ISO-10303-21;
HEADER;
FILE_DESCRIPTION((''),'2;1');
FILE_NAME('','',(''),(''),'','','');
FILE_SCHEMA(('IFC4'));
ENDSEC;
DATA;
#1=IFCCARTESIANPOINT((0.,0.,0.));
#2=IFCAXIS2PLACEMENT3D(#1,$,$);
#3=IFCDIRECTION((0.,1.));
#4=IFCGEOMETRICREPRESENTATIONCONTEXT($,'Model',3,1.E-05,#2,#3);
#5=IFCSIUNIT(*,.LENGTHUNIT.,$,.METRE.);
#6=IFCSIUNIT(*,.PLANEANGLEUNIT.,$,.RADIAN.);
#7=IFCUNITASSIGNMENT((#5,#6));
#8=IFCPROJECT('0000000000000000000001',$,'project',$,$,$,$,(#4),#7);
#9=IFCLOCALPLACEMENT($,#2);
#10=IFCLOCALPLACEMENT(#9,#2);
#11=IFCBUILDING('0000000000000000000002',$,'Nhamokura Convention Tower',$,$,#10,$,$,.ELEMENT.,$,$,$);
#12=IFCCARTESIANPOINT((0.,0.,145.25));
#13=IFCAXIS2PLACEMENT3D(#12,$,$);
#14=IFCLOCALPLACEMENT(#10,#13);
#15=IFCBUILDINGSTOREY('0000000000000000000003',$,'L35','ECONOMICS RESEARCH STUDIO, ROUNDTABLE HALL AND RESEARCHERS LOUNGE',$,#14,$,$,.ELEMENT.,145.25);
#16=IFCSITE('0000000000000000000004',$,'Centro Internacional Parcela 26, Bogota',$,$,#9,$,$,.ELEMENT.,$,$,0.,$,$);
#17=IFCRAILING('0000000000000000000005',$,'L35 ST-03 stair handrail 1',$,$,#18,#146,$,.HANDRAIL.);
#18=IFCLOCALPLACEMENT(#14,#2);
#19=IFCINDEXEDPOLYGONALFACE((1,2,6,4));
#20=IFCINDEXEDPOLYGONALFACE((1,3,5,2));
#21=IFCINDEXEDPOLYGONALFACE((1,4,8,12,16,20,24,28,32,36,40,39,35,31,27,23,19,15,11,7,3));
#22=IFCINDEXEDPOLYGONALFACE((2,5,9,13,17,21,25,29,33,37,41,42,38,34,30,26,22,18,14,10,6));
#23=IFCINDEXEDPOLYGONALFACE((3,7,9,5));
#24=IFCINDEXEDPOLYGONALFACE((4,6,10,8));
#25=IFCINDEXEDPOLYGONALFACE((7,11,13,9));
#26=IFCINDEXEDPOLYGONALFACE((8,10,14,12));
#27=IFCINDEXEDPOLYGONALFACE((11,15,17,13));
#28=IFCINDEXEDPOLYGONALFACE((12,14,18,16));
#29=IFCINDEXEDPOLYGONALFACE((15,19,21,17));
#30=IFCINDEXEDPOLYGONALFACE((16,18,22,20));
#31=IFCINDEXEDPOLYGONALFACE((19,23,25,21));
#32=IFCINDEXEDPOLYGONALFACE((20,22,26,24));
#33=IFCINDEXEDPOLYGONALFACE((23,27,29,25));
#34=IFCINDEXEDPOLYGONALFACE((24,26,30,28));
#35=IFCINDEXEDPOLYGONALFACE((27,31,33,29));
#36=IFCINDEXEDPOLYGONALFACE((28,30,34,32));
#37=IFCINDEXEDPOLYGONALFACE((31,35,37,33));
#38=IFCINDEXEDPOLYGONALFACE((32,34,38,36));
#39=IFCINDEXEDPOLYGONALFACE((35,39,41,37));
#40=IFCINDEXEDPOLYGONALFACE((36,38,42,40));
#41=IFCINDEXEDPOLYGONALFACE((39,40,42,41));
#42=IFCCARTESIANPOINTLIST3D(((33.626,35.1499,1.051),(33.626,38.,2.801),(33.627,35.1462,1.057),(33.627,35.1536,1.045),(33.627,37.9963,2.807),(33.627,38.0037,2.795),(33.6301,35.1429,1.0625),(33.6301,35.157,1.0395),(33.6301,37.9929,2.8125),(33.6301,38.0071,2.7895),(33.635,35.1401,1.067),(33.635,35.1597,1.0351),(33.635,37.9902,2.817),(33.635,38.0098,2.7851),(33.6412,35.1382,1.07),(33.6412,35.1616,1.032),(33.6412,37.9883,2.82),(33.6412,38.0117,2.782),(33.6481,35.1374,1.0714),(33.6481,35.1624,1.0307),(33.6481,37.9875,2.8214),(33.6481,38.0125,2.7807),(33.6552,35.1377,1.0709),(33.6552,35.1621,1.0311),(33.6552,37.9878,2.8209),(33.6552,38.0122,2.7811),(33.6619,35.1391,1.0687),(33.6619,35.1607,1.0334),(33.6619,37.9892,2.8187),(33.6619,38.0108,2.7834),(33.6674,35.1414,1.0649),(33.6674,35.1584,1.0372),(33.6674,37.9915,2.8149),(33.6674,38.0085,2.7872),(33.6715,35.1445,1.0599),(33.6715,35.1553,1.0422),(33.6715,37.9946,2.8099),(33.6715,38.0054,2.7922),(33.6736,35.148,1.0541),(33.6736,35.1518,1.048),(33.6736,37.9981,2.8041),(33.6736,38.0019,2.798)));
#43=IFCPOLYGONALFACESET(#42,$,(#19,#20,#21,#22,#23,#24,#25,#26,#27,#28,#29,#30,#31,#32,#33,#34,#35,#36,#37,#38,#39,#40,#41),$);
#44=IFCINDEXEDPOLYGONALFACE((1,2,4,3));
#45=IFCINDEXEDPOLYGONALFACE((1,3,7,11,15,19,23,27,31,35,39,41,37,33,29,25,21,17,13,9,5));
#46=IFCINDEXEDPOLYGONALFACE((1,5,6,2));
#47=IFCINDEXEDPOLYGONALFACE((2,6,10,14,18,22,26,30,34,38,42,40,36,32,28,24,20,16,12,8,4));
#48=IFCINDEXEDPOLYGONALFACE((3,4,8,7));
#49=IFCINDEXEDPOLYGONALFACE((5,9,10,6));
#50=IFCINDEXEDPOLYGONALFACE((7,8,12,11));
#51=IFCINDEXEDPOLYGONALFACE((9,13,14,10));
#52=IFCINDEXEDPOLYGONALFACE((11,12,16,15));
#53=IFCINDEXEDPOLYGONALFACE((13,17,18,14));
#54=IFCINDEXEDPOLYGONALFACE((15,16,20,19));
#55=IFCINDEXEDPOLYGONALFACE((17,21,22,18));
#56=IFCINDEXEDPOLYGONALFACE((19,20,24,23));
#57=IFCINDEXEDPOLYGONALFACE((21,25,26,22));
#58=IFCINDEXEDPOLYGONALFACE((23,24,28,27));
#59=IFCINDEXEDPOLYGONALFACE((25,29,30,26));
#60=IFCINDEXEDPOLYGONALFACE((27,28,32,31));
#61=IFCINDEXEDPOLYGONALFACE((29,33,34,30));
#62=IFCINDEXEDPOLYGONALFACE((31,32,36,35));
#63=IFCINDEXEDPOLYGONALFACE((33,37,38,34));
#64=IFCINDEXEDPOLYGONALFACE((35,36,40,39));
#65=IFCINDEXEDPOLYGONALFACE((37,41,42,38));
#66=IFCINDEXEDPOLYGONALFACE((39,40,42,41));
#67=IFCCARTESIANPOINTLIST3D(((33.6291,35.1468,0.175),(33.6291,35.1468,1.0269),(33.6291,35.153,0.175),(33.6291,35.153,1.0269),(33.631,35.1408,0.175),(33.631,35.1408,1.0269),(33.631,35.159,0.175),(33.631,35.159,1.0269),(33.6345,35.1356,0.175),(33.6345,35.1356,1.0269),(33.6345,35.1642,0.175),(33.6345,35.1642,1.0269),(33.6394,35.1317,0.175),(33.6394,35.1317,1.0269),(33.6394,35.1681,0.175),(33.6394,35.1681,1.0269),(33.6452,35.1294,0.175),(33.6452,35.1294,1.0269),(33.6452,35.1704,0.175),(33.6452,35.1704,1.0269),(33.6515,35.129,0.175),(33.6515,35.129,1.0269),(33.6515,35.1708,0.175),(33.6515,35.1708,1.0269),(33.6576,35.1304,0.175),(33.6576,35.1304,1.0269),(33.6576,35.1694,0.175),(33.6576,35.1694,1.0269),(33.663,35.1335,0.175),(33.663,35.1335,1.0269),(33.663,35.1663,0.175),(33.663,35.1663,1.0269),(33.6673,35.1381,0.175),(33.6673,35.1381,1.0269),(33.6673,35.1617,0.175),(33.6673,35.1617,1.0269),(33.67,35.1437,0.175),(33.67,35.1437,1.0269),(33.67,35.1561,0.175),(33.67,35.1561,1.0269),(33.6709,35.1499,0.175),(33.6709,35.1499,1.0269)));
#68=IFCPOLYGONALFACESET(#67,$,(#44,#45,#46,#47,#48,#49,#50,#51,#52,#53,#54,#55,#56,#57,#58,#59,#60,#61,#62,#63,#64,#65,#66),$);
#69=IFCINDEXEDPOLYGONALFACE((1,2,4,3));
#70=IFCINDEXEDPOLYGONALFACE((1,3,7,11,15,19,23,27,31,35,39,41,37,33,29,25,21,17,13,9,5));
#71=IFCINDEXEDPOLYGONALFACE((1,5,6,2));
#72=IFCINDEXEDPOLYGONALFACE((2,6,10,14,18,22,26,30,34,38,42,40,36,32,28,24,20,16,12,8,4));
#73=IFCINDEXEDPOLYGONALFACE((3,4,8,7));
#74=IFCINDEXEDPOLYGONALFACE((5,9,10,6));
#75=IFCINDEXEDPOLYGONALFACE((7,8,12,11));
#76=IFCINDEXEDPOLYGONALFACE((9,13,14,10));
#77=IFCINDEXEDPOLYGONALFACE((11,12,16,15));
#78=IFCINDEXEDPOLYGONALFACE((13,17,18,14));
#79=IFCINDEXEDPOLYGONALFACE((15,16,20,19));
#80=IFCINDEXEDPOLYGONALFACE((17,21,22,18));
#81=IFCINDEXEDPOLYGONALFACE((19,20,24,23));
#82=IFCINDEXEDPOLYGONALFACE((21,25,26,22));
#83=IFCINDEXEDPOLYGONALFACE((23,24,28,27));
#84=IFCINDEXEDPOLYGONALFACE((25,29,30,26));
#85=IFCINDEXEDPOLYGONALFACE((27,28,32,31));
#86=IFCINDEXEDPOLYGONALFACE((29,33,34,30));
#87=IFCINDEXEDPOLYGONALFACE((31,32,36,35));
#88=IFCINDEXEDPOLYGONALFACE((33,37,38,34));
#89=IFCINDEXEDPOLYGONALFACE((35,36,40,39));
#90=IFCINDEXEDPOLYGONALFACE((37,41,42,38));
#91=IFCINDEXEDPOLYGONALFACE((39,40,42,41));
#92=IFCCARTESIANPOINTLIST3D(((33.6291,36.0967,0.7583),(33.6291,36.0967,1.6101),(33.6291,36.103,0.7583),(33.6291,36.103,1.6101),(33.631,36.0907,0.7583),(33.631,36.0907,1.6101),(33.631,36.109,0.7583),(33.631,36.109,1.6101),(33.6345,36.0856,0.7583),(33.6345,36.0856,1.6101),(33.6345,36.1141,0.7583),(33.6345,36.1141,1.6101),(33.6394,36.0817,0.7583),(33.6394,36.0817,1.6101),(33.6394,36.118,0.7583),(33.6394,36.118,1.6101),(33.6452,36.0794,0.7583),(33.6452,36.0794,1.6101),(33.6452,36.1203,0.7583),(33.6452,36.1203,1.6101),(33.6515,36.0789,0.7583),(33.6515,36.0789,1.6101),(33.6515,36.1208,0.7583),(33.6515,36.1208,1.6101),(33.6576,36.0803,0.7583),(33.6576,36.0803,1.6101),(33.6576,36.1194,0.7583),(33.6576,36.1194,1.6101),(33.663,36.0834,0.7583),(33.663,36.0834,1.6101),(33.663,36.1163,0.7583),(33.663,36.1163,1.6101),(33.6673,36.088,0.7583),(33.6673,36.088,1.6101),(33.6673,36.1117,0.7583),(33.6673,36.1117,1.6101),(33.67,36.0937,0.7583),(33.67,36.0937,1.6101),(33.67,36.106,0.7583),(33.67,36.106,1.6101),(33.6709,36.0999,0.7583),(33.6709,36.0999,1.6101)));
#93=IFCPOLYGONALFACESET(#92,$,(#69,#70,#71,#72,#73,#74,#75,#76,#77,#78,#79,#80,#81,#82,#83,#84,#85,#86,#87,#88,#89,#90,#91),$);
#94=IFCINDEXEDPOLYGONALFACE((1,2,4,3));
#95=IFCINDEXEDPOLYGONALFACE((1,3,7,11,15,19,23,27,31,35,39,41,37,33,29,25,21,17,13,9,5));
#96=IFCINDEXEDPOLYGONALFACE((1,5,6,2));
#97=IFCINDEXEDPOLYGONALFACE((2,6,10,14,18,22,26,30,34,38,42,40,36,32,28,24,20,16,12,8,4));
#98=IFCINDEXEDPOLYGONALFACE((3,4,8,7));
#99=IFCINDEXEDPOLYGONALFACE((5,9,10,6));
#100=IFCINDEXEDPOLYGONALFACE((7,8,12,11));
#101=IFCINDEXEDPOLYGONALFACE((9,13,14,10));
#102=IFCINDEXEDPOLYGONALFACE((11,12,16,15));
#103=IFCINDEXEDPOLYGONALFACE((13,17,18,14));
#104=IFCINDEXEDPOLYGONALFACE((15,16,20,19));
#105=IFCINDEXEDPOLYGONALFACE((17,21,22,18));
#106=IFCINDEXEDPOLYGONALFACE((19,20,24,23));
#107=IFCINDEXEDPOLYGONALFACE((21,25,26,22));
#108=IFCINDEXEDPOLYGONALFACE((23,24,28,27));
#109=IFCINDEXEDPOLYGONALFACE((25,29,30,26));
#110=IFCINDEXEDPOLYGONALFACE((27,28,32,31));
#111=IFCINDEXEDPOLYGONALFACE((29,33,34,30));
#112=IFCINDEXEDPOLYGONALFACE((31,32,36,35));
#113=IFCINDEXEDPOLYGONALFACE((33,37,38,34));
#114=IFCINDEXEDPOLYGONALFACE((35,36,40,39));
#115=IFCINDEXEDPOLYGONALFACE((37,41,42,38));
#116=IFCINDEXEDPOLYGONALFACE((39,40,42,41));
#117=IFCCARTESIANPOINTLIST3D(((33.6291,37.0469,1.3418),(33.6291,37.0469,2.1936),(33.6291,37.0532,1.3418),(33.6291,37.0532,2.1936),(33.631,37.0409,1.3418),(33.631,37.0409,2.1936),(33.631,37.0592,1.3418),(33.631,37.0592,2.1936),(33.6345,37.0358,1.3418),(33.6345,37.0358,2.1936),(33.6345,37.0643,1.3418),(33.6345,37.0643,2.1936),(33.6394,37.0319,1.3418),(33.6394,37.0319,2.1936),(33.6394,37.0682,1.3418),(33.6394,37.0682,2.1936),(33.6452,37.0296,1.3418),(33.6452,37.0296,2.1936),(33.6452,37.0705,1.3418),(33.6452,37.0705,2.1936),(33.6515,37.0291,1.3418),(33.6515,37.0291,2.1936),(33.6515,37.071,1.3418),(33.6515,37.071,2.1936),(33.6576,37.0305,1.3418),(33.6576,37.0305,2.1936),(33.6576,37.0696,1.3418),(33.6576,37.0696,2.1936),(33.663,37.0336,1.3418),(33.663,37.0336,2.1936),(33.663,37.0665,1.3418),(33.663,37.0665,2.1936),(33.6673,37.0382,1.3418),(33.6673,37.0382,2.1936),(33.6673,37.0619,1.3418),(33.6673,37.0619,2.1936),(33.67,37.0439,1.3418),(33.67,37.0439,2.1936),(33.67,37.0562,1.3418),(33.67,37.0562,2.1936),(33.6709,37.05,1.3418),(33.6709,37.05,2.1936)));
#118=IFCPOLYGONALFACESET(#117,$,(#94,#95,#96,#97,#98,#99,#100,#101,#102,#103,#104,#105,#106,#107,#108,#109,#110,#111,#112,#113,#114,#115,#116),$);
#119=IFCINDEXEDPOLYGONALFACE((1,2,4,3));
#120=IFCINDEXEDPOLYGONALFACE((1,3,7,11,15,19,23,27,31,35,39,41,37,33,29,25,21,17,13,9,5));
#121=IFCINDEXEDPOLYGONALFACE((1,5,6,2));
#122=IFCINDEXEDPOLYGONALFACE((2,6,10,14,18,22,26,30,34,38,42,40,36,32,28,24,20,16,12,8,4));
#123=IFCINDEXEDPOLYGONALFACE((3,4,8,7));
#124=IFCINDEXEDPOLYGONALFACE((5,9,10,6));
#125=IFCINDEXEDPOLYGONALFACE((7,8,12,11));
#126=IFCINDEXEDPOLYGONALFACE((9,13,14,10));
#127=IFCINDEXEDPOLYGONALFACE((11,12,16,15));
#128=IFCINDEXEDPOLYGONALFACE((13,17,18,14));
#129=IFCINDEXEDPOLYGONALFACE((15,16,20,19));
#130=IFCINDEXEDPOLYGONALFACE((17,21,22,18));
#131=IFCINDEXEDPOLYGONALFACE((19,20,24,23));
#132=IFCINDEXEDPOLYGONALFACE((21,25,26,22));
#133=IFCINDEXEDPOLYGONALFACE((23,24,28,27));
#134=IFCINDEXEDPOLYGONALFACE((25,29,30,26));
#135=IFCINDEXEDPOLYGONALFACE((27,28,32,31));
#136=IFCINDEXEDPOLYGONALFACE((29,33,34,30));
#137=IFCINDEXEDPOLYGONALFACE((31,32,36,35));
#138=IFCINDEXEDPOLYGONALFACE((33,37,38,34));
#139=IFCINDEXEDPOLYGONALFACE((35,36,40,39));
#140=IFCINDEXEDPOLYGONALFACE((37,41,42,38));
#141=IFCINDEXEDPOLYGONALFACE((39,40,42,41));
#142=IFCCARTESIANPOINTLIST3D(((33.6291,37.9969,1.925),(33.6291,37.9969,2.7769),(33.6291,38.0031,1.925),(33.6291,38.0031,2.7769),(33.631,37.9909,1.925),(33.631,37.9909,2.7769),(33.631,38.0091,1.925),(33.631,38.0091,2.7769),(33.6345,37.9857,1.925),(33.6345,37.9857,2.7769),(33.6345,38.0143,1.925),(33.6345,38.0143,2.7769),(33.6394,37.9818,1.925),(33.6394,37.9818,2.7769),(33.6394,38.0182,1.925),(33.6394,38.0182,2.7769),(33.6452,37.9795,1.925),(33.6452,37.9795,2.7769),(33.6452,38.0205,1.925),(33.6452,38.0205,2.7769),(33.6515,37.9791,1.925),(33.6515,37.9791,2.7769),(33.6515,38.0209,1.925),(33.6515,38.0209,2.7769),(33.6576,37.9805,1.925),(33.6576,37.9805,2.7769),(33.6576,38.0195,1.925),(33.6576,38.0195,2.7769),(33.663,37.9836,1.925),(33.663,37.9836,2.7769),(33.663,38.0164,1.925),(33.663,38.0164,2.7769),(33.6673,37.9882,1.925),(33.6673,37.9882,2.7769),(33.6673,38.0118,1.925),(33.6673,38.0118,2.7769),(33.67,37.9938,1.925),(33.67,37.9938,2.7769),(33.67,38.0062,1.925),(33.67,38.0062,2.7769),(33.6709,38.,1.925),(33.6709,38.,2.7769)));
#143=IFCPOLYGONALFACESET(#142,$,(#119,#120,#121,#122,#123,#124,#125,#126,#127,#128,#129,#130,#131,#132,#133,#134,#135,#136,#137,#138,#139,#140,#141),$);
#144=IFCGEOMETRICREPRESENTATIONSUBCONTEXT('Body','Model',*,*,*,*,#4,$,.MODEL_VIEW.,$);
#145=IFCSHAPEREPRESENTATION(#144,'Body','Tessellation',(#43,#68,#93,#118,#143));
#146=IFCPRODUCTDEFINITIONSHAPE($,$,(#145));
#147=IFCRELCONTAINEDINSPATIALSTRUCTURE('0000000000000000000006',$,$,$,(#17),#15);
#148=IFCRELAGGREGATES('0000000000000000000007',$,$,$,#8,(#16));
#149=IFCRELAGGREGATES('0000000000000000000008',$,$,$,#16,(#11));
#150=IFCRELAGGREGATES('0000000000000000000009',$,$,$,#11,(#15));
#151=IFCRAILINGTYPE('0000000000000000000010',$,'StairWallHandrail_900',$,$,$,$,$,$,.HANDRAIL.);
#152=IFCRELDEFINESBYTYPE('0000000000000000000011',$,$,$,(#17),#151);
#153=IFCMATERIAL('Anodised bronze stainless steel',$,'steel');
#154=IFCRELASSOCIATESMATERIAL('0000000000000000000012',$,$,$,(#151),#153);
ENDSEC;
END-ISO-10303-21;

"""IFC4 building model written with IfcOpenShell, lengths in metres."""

from ifc_helpers import new_model, si_unit, direction, frame, origin, origin_2d, place, context, subcontext, project, spatial, circle, extrude, material, type_object, element, save


model = new_model("IFC4")

# Units and contexts
model_context = context("Model", 3, precision=1e-05, world=origin(), true_north=direction((0.0, 1.0)))
body_context = subcontext(model_context, "Body", "Model", "MODEL_VIEW")
ifc_project = project(units=[si_unit("LENGTHUNIT", "METRE"), si_unit("PLANEANGLEUNIT", "RADIAN")], contexts=[model_context])

# Site, building, storey
site_placement = place(None, origin())
site = spatial("IfcSite", under=ifc_project, at=site_placement, Name="Centro Internacional Parcela 26, Bogota", CompositionType="ELEMENT", RefElevation=0.0)
building_placement = place(site_placement, origin())
building = spatial("IfcBuilding", under=site, at=building_placement, Name="Nhamokura Convention Tower", CompositionType="ELEMENT")
storey_placement = place(building_placement, frame((0.0, 0.0, 145.25)))
storey = spatial("IfcBuildingStorey", under=building, at=storey_placement, Name="L35", Description="ECONOMICS RESEARCH STUDIO, ROUNDTABLE HALL AND RESEARCHERS LOUNGE", CompositionType="ELEMENT", Elevation=145.25)

# Railing
ifc_material_1 = material(Name="Anodised bronze stainless steel", Category="steel")
railing_type_1 = type_object("IfcRailingType", Name="StairWallHandrail_900", PredefinedType="HANDRAIL", material=ifc_material_1)
railing_1_placement = place(storey_placement, frame((33.6499, 35.1499, 0.175)))
element("IfcRailing", 1, at=railing_1_placement, inside=storey, type_object=railing_type_1, Name="L35 ST-03 stair handrail 1", PredefinedType="HANDRAIL", context=body_context, shape_type="SweptSolid", body=[
    extrude(circle(Radius=0.0239, at=origin_2d()), frame((0.0, 0.0, 0.876), z_axis=(0.0, 0.852179, 0.52325), x_axis=(-1.0, 0.0, 0.0)), (0.0, 0.0, 1.0), 3.3445),
    extrude(circle(Radius=0.021, at=origin_2d()), origin(), (0.0, 0.0, 1.0), 0.8518),
    extrude(circle(Radius=0.021, at=origin_2d()), frame((0.0, 0.95, 0.5833)), (0.0, 0.0, 1.0), 0.8518),
    extrude(circle(Radius=0.021, at=origin_2d()), frame((0.0, 1.9001, 1.1667)), (0.0, 0.0, 1.0), 0.8518),
    extrude(circle(Radius=0.021, at=origin_2d()), frame((0.0, 2.8501, 1.75)), (0.0, 0.0, 1.0), 0.8518),
])

save(model, "model.ifc")
